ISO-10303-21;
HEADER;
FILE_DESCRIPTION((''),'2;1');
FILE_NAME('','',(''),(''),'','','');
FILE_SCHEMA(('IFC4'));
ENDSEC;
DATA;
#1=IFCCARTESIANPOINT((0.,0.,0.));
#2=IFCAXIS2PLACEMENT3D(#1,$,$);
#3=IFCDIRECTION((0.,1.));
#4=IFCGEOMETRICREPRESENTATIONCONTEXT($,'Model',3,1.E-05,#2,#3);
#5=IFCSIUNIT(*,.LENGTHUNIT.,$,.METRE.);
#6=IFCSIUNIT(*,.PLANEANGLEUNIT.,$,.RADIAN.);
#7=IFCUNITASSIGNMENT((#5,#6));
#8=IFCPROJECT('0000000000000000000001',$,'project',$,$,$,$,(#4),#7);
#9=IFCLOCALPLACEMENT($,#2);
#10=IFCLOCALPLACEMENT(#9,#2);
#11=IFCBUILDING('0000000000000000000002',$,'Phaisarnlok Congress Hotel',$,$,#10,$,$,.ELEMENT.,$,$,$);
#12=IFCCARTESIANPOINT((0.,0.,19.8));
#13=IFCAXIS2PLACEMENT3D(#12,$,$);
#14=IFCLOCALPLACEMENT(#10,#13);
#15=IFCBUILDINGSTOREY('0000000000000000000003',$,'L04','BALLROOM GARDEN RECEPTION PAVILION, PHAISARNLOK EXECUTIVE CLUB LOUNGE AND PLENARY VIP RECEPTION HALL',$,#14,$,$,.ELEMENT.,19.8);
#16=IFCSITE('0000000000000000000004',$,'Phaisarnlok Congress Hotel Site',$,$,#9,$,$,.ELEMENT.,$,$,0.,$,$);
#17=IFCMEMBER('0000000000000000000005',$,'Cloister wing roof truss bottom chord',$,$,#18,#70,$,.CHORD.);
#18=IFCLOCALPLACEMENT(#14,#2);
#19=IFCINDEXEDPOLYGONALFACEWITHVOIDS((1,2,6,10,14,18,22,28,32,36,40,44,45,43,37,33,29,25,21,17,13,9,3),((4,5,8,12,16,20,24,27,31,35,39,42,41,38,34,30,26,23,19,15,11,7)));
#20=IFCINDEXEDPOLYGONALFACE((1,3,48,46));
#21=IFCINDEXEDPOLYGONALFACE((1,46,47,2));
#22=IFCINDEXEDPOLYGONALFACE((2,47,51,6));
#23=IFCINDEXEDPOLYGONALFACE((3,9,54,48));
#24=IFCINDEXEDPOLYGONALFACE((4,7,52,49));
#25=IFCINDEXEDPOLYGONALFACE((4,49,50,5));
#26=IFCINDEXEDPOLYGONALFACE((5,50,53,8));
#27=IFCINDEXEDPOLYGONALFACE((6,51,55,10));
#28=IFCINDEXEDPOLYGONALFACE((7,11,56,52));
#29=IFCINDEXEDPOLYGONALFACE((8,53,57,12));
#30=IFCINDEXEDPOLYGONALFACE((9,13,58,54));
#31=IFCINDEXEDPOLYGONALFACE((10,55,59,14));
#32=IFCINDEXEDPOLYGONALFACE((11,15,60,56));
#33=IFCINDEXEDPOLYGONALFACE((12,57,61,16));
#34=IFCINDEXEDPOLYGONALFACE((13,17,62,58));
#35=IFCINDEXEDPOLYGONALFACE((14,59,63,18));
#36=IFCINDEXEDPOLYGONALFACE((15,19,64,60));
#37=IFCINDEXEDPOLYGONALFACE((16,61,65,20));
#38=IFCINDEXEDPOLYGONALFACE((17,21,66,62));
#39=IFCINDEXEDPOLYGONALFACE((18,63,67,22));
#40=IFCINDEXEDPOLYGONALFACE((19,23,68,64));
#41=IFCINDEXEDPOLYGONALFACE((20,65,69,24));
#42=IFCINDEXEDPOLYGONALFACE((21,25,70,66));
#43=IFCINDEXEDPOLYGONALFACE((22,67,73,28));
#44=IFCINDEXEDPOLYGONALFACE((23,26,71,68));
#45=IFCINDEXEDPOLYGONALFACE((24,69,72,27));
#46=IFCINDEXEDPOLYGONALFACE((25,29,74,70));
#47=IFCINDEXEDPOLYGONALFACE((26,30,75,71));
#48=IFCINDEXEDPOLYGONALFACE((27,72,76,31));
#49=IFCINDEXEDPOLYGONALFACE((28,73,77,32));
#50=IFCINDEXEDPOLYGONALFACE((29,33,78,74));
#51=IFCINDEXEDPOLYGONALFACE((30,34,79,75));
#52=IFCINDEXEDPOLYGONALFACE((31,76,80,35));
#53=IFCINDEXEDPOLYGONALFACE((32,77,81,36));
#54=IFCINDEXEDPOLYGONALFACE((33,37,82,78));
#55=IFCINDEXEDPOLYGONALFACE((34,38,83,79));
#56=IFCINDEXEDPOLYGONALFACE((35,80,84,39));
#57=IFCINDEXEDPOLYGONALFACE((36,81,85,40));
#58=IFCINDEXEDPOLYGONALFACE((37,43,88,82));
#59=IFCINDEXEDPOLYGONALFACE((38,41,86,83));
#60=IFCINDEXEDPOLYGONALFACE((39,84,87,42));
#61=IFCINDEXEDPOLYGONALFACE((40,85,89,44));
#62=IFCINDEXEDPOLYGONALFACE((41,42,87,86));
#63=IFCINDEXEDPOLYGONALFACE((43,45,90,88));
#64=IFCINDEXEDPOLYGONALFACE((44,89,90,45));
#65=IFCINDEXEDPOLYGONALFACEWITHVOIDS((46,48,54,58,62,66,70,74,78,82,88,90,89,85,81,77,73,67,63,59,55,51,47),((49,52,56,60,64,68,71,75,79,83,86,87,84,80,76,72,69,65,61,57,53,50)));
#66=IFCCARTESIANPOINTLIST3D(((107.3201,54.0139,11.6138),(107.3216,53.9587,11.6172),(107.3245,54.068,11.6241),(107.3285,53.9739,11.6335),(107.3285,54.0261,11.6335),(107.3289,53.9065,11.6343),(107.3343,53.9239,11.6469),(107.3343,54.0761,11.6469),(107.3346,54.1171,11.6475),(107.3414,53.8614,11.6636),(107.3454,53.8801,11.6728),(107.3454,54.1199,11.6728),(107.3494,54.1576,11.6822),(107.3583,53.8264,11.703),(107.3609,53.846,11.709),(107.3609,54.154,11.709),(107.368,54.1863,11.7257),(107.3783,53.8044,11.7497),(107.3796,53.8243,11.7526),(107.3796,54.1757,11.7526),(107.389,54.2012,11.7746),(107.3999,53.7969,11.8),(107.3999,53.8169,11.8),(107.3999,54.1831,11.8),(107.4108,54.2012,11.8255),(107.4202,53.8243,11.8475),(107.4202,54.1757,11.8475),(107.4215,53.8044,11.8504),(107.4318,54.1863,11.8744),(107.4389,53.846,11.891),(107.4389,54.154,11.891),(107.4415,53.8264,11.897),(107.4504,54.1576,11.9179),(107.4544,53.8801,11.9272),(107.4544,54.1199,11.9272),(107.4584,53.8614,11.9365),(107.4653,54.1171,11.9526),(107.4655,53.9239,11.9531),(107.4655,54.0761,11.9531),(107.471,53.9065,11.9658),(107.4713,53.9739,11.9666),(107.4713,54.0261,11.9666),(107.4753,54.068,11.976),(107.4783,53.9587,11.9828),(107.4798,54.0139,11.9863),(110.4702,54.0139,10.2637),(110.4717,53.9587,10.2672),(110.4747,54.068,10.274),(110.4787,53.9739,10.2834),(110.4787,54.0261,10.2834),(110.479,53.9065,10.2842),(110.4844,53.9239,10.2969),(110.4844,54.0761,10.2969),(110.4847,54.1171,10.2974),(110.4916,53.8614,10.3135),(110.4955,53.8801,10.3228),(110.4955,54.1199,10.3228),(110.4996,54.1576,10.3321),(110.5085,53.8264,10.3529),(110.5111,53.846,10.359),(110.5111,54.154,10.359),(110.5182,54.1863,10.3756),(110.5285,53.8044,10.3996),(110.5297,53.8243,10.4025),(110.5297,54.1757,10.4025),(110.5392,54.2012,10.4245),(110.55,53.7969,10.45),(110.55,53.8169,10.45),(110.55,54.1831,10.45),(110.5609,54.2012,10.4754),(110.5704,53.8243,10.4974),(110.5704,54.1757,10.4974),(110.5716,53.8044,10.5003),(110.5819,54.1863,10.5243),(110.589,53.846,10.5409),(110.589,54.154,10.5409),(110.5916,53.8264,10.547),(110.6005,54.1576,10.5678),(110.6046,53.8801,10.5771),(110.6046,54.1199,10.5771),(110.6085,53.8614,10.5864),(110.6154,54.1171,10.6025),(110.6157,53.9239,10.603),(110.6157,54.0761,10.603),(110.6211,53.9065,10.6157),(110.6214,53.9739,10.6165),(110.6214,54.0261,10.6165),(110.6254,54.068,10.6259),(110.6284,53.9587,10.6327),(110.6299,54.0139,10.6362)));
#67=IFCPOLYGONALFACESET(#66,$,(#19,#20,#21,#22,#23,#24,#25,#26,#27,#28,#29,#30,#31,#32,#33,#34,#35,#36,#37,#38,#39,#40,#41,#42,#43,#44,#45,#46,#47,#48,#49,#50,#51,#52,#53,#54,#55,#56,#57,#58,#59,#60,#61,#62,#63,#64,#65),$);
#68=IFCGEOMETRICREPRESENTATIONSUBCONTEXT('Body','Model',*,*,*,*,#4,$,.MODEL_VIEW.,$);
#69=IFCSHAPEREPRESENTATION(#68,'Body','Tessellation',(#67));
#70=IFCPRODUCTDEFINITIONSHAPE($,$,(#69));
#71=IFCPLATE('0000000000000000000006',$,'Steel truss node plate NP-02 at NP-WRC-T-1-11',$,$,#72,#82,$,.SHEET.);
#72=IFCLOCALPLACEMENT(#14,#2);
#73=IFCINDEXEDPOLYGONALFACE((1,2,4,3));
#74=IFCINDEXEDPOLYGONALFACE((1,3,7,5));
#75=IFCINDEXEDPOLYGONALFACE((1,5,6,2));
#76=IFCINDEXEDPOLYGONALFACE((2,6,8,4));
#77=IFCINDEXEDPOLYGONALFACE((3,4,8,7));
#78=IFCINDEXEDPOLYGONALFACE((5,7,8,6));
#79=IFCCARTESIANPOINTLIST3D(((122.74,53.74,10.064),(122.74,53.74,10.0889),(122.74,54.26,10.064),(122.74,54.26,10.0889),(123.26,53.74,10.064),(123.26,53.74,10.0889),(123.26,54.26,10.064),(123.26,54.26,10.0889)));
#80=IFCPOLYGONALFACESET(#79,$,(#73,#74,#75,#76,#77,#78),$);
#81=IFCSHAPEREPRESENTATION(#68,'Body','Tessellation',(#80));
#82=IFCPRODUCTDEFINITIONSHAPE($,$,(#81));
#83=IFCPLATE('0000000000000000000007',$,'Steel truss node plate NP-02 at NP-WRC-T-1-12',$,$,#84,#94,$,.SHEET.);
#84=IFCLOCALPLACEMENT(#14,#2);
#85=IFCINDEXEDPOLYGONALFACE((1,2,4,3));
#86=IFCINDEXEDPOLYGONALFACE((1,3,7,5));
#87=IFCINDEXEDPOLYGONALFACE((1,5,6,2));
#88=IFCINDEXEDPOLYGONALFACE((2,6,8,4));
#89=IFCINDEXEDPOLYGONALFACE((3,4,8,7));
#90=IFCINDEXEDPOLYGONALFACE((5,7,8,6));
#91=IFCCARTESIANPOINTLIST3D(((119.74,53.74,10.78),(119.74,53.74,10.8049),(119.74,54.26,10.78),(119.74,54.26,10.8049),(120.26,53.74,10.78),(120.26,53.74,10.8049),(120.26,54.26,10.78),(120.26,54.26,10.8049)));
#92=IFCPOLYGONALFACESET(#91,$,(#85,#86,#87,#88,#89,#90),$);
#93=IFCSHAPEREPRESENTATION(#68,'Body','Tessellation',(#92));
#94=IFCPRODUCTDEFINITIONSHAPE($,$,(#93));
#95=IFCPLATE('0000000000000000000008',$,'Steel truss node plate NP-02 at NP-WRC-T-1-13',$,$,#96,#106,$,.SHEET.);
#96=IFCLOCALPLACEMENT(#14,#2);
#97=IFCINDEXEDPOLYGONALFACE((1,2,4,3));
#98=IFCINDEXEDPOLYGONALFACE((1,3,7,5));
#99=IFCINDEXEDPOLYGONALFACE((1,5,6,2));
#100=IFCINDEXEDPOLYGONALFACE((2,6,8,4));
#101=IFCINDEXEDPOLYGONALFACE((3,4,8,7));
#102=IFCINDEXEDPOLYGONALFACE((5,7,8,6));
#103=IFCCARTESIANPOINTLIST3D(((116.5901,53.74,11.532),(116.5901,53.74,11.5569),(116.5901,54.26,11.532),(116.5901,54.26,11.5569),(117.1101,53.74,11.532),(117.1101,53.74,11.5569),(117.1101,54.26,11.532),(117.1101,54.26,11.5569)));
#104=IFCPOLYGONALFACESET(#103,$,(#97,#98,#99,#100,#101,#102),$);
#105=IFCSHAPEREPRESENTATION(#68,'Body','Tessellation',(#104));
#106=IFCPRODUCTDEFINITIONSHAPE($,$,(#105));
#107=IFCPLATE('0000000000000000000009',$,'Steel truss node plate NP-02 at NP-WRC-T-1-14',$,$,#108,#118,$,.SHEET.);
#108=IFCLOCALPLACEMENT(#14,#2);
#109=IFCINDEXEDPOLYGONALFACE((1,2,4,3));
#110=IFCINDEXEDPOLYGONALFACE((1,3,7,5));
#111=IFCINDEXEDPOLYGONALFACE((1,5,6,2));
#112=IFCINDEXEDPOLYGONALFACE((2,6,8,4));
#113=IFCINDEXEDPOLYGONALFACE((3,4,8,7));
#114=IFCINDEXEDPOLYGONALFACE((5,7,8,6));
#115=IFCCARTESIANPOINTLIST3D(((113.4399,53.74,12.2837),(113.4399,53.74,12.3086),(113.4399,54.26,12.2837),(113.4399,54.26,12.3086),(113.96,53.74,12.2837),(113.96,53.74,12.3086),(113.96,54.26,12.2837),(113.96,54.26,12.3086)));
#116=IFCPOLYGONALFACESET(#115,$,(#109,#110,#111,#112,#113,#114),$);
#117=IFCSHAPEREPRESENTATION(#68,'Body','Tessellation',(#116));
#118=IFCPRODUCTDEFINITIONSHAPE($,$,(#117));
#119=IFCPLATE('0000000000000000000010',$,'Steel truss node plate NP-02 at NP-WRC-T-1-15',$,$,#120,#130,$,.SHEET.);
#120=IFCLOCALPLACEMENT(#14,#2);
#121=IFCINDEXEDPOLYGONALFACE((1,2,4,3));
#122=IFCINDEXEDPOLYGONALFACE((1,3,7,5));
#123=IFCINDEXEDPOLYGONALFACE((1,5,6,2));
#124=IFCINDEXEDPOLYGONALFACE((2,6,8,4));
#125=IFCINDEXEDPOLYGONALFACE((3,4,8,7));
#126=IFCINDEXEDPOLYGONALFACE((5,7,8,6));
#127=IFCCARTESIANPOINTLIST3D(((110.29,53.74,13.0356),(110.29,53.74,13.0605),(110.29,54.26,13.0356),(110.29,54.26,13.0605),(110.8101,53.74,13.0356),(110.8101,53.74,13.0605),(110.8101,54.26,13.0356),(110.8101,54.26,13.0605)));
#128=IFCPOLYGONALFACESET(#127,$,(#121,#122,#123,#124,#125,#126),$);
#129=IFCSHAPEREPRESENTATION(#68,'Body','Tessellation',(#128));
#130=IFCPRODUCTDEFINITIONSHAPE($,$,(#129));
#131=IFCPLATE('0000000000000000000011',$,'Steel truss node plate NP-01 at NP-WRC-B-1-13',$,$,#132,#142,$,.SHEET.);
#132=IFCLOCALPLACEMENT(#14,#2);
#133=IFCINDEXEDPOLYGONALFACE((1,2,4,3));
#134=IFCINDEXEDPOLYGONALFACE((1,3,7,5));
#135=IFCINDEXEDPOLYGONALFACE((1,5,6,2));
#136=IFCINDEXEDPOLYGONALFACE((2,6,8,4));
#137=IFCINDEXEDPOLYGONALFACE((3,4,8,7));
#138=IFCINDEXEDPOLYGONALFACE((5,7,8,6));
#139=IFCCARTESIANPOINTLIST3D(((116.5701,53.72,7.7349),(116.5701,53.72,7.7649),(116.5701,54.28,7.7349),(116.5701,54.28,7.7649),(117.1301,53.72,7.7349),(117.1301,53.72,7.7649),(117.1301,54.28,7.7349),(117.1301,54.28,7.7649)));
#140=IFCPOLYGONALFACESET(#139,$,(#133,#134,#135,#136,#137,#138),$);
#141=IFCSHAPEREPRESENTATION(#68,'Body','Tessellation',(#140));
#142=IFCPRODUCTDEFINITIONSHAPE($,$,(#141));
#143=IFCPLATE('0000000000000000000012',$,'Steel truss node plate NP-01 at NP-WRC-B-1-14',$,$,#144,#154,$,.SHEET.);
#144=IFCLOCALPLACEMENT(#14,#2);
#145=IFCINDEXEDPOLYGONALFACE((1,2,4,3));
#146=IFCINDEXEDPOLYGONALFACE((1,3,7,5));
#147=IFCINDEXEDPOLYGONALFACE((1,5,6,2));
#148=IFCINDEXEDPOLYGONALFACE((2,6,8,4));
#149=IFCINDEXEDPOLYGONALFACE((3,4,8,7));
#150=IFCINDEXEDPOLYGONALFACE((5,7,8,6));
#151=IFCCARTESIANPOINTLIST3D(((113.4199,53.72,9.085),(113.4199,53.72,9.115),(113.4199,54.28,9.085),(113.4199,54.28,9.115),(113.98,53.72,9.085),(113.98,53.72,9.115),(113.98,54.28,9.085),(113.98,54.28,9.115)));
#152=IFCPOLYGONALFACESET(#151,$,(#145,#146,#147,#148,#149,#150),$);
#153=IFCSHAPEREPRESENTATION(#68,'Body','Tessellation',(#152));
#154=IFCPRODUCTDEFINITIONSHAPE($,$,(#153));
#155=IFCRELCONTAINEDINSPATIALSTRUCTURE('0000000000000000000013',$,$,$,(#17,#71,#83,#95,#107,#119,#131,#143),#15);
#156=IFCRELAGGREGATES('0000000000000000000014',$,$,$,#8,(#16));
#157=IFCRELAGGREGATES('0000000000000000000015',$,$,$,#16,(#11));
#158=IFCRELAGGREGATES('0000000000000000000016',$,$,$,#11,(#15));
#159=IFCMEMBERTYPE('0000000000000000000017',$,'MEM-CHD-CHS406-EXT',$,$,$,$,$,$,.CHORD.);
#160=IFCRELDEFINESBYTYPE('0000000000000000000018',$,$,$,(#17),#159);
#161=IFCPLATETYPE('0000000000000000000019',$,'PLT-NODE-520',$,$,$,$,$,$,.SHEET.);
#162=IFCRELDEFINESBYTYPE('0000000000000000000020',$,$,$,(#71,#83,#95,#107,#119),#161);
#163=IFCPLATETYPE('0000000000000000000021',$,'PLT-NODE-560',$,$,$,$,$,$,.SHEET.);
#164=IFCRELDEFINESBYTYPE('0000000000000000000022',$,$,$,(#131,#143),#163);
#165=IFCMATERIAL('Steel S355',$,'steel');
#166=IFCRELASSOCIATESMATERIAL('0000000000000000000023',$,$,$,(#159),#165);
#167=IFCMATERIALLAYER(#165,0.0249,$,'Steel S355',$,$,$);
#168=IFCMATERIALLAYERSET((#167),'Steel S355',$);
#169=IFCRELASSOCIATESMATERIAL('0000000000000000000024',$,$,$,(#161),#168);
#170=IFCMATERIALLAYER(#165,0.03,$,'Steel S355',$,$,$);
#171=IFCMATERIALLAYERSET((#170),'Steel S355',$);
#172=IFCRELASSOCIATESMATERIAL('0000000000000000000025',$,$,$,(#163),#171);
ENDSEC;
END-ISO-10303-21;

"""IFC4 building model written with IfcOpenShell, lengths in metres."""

from ifc_helpers import new_model, si_unit, direction, frame, origin, origin_2d, place, context, subcontext, project, spatial, rectangle, hollow_circle, extrude, material, layer, layer_set, material_profile, profile_set, type_object, element, save


model = new_model("IFC4")

# Units and contexts
model_context = context("Model", 3, precision=1e-05, world=origin(), true_north=direction((0.0, 1.0)))
body_context = subcontext(model_context, "Body", "Model", "MODEL_VIEW")
ifc_project = project(units=[si_unit("LENGTHUNIT", "METRE"), si_unit("PLANEANGLEUNIT", "RADIAN")], contexts=[model_context])

# Site, building, storey
site_placement = place(None, origin())
site = spatial("IfcSite", under=ifc_project, at=site_placement, Name="Phaisarnlok Congress Hotel Site", CompositionType="ELEMENT", RefElevation=0.0)
building_placement = place(site_placement, origin())
building = spatial("IfcBuilding", under=site, at=building_placement, Name="Phaisarnlok Congress Hotel", CompositionType="ELEMENT")
storey_placement = place(building_placement, frame((0.0, 0.0, 19.8)))
storey = spatial("IfcBuildingStorey", under=building, at=storey_placement, Name="L04", Description="BALLROOM GARDEN RECEPTION PAVILION, PHAISARNLOK EXECUTIVE CLUB LOUNGE AND PLENARY VIP RECEPTION HALL", CompositionType="ELEMENT", Elevation=19.8)

# Shared definitions
ifc_material_1 = material(Name="Steel S355", Category="steel")

# Member
ifc_material_profile_1 = material_profile(ifc_material_1, hollow_circle(Radius=0.2031, WallThickness=0.02, at=origin_2d()), Name="CHS 406.4x20")
ifc_profile_set_1 = profile_set([ifc_material_profile_1], Name="Steel S355")
member_type_1 = type_object("IfcMemberType", Name="MEM-CHD-CHS406-EXT", PredefinedType="CHORD", material=ifc_profile_set_1)
member_1_placement = place(storey_placement, frame((110.55, 54.0, 10.45), z_axis=(-0.919141, 0.0, 0.393928), x_axis=(0.0, -1.0, 0.0)))
element("IfcMember", 1, at=member_1_placement, inside=storey, type_object=member_type_1, Name="Cloister wing roof truss bottom chord", PredefinedType="CHORD", context=body_context, shape_type="SweptSolid", body=[
    extrude(hollow_circle(Radius=0.2031, WallThickness=0.02, at=origin_2d()), origin(), (0.0, 0.0, 1.0), 3.4272),
])

# Plates
ifc_layer_1 = layer(ifc_material_1, 0.0249, Name="Steel S355")
ifc_layer_set_1 = layer_set([ifc_layer_1], Name="Steel S355")
plate_type_1 = type_object("IfcPlateType", Name="PLT-NODE-520", PredefinedType="SHEET", material=ifc_layer_set_1)
for number, where, z_axis, x_axis, name in (
    (2, (123.0, 54.0, 10.064), (0.0, 0.0, 1.0), (1.0, 0.0, 0.0), "Steel truss node plate NP-02 at NP-WRC-T-1-11"),
    (3, (120.0, 54.0, 10.78), (0.0, 0.0, 1.0), (1.0, 0.0, 0.0), "Steel truss node plate NP-02 at NP-WRC-T-1-12"),
    (4, (116.8501, 54.0, 11.532), (0.0, 0.0, 1.0), (1.0, 0.0, 0.0), "Steel truss node plate NP-02 at NP-WRC-T-1-13"),
    (5, (113.7, 54.0, 12.2837), (0.0, 0.0, 1.0), (1.0, 0.0, 0.0), "Steel truss node plate NP-02 at NP-WRC-T-1-14"),
    (6, (110.55, 54.0, 13.0356), (0.0, 0.0, 1.0), (1.0, 0.0, 0.0), "Steel truss node plate NP-02 at NP-WRC-T-1-15"),
):
    element("IfcPlate", number, at=place(storey_placement, frame(where, z_axis=z_axis, x_axis=x_axis)), inside=storey, type_object=plate_type_1, Name=name, PredefinedType="SHEET", context=body_context, shape_type="SweptSolid", body=[
        extrude(rectangle(XDim=0.52, YDim=0.52, at=origin_2d()), origin(), (0.0, 0.0, 1.0), 0.0249),
    ])
ifc_layer_2 = layer(ifc_material_1, 0.03, Name="Steel S355")
ifc_layer_set_2 = layer_set([ifc_layer_2], Name="Steel S355")
plate_type_2 = type_object("IfcPlateType", Name="PLT-NODE-560", PredefinedType="SHEET", material=ifc_layer_set_2)
for number, where, z_axis, x_axis, name in (
    (7, (116.8501, 54.0, 7.7349), (0.0, 0.0, 1.0), (1.0, 0.0, 0.0), "Steel truss node plate NP-01 at NP-WRC-B-1-13"),
    (8, (113.7, 54.0, 9.085), (0.0, 0.0, 1.0), (1.0, 0.0, 0.0), "Steel truss node plate NP-01 at NP-WRC-B-1-14"),
):
    element("IfcPlate", number, at=place(storey_placement, frame(where, z_axis=z_axis, x_axis=x_axis)), inside=storey, type_object=plate_type_2, Name=name, PredefinedType="SHEET", context=body_context, shape_type="SweptSolid", body=[
        extrude(rectangle(XDim=0.5601, YDim=0.5601, at=origin_2d()), origin(), (0.0, 0.0, 1.0), 0.03),
    ])

save(model, "model.ifc")
